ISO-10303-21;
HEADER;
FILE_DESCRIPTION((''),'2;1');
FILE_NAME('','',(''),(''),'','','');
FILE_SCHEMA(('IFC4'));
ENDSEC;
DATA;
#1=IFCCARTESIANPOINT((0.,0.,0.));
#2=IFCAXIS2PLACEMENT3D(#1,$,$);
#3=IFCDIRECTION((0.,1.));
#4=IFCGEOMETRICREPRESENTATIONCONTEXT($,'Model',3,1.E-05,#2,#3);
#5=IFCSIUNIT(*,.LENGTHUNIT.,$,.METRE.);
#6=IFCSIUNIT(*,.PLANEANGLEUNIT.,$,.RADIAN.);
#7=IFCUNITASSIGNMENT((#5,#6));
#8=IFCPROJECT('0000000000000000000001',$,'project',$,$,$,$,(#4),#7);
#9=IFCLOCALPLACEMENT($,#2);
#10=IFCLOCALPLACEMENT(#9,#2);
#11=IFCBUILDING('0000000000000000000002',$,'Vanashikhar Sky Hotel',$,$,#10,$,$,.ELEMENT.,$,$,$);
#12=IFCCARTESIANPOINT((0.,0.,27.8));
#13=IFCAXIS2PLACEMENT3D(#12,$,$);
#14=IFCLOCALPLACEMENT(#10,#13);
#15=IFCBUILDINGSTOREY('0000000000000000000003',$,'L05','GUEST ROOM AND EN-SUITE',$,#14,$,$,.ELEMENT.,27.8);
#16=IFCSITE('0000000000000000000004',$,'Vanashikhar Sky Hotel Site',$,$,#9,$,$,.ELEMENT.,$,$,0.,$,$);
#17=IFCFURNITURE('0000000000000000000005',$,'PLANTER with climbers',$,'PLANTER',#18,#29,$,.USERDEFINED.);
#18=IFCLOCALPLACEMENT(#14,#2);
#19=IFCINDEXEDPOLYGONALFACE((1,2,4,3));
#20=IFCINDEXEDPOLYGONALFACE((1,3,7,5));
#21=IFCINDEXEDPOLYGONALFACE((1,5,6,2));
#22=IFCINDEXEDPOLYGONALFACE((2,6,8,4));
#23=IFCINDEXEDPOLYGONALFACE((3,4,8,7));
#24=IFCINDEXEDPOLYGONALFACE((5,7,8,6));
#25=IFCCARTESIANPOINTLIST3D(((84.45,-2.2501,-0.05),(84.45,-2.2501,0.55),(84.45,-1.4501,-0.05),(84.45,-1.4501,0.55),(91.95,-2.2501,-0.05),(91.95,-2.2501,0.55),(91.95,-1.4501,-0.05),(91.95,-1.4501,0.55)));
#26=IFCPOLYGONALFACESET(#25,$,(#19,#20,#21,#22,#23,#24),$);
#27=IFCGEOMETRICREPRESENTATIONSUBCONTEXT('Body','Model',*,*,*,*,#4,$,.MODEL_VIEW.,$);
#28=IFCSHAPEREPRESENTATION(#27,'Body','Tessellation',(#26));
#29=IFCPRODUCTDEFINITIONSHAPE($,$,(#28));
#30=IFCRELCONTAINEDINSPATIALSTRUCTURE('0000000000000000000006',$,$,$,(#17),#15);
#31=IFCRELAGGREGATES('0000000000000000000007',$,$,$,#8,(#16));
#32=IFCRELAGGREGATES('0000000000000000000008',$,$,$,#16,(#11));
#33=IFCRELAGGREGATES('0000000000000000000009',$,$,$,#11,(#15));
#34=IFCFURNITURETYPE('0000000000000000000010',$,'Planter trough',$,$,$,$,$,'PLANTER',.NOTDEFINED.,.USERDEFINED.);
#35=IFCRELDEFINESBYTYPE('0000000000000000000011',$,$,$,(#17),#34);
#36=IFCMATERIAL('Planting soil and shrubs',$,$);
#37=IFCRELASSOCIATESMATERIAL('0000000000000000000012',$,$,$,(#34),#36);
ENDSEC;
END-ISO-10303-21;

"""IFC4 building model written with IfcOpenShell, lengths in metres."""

from ifc_helpers import new_model, si_unit, direction, frame, origin, origin_2d, place, context, subcontext, project, spatial, rectangle, extrude, source, transform, mapped, material, type_object, element, save


model = new_model("IFC4")

# Units and contexts
model_context = context("Model", 3, precision=1e-05, world=origin(), true_north=direction((0.0, 1.0)))
body_context = subcontext(model_context, "Body", "Model", "MODEL_VIEW")
ifc_project = project(units=[si_unit("LENGTHUNIT", "METRE"), si_unit("PLANEANGLEUNIT", "RADIAN")], contexts=[model_context])

# Site, building, storey
site_placement = place(None, origin())
site = spatial("IfcSite", under=ifc_project, at=site_placement, Name="Vanashikhar Sky Hotel Site", CompositionType="ELEMENT", RefElevation=0.0)
building_placement = place(site_placement, origin())
building = spatial("IfcBuilding", under=site, at=building_placement, Name="Vanashikhar Sky Hotel", CompositionType="ELEMENT")
storey_placement = place(building_placement, frame((0.0, 0.0, 27.8)))
storey = spatial("IfcBuildingStorey", under=building, at=storey_placement, Name="L05", Description="GUEST ROOM AND EN-SUITE", CompositionType="ELEMENT", Elevation=27.8)

# Furniture
ifc_material_1 = material(Name="Planting soil and shrubs")
furniture_type = type_object("IfcFurnitureType", Name="Planter trough", ElementType="PLANTER", AssemblyPlace="NOTDEFINED", PredefinedType="USERDEFINED", material=ifc_material_1)
shared_shape_1 = source(origin(), body_context, "Body", "SweptSolid", [
    extrude(rectangle(XDim=7.5, YDim=0.8, at=origin_2d()), origin(), (0.0, 0.0, 1.0), 0.6001),
])
furniture_placement = place(storey_placement, frame((88.2, -1.8501, -0.05), z_axis=(0.0, 0.0, 1.0), x_axis=(1.0, 0.0, 0.0)))
element("IfcFurniture", 1, at=furniture_placement, inside=storey, type_object=furniture_type, Name="PLANTER with climbers", ObjectType="PLANTER", PredefinedType="USERDEFINED", context=body_context, shape_type="MappedRepresentation", body=[
    mapped(shared_shape_1, transform((0.0, 0.0, 0.0), scale=1.0)),
])

save(model, "model.ifc")
